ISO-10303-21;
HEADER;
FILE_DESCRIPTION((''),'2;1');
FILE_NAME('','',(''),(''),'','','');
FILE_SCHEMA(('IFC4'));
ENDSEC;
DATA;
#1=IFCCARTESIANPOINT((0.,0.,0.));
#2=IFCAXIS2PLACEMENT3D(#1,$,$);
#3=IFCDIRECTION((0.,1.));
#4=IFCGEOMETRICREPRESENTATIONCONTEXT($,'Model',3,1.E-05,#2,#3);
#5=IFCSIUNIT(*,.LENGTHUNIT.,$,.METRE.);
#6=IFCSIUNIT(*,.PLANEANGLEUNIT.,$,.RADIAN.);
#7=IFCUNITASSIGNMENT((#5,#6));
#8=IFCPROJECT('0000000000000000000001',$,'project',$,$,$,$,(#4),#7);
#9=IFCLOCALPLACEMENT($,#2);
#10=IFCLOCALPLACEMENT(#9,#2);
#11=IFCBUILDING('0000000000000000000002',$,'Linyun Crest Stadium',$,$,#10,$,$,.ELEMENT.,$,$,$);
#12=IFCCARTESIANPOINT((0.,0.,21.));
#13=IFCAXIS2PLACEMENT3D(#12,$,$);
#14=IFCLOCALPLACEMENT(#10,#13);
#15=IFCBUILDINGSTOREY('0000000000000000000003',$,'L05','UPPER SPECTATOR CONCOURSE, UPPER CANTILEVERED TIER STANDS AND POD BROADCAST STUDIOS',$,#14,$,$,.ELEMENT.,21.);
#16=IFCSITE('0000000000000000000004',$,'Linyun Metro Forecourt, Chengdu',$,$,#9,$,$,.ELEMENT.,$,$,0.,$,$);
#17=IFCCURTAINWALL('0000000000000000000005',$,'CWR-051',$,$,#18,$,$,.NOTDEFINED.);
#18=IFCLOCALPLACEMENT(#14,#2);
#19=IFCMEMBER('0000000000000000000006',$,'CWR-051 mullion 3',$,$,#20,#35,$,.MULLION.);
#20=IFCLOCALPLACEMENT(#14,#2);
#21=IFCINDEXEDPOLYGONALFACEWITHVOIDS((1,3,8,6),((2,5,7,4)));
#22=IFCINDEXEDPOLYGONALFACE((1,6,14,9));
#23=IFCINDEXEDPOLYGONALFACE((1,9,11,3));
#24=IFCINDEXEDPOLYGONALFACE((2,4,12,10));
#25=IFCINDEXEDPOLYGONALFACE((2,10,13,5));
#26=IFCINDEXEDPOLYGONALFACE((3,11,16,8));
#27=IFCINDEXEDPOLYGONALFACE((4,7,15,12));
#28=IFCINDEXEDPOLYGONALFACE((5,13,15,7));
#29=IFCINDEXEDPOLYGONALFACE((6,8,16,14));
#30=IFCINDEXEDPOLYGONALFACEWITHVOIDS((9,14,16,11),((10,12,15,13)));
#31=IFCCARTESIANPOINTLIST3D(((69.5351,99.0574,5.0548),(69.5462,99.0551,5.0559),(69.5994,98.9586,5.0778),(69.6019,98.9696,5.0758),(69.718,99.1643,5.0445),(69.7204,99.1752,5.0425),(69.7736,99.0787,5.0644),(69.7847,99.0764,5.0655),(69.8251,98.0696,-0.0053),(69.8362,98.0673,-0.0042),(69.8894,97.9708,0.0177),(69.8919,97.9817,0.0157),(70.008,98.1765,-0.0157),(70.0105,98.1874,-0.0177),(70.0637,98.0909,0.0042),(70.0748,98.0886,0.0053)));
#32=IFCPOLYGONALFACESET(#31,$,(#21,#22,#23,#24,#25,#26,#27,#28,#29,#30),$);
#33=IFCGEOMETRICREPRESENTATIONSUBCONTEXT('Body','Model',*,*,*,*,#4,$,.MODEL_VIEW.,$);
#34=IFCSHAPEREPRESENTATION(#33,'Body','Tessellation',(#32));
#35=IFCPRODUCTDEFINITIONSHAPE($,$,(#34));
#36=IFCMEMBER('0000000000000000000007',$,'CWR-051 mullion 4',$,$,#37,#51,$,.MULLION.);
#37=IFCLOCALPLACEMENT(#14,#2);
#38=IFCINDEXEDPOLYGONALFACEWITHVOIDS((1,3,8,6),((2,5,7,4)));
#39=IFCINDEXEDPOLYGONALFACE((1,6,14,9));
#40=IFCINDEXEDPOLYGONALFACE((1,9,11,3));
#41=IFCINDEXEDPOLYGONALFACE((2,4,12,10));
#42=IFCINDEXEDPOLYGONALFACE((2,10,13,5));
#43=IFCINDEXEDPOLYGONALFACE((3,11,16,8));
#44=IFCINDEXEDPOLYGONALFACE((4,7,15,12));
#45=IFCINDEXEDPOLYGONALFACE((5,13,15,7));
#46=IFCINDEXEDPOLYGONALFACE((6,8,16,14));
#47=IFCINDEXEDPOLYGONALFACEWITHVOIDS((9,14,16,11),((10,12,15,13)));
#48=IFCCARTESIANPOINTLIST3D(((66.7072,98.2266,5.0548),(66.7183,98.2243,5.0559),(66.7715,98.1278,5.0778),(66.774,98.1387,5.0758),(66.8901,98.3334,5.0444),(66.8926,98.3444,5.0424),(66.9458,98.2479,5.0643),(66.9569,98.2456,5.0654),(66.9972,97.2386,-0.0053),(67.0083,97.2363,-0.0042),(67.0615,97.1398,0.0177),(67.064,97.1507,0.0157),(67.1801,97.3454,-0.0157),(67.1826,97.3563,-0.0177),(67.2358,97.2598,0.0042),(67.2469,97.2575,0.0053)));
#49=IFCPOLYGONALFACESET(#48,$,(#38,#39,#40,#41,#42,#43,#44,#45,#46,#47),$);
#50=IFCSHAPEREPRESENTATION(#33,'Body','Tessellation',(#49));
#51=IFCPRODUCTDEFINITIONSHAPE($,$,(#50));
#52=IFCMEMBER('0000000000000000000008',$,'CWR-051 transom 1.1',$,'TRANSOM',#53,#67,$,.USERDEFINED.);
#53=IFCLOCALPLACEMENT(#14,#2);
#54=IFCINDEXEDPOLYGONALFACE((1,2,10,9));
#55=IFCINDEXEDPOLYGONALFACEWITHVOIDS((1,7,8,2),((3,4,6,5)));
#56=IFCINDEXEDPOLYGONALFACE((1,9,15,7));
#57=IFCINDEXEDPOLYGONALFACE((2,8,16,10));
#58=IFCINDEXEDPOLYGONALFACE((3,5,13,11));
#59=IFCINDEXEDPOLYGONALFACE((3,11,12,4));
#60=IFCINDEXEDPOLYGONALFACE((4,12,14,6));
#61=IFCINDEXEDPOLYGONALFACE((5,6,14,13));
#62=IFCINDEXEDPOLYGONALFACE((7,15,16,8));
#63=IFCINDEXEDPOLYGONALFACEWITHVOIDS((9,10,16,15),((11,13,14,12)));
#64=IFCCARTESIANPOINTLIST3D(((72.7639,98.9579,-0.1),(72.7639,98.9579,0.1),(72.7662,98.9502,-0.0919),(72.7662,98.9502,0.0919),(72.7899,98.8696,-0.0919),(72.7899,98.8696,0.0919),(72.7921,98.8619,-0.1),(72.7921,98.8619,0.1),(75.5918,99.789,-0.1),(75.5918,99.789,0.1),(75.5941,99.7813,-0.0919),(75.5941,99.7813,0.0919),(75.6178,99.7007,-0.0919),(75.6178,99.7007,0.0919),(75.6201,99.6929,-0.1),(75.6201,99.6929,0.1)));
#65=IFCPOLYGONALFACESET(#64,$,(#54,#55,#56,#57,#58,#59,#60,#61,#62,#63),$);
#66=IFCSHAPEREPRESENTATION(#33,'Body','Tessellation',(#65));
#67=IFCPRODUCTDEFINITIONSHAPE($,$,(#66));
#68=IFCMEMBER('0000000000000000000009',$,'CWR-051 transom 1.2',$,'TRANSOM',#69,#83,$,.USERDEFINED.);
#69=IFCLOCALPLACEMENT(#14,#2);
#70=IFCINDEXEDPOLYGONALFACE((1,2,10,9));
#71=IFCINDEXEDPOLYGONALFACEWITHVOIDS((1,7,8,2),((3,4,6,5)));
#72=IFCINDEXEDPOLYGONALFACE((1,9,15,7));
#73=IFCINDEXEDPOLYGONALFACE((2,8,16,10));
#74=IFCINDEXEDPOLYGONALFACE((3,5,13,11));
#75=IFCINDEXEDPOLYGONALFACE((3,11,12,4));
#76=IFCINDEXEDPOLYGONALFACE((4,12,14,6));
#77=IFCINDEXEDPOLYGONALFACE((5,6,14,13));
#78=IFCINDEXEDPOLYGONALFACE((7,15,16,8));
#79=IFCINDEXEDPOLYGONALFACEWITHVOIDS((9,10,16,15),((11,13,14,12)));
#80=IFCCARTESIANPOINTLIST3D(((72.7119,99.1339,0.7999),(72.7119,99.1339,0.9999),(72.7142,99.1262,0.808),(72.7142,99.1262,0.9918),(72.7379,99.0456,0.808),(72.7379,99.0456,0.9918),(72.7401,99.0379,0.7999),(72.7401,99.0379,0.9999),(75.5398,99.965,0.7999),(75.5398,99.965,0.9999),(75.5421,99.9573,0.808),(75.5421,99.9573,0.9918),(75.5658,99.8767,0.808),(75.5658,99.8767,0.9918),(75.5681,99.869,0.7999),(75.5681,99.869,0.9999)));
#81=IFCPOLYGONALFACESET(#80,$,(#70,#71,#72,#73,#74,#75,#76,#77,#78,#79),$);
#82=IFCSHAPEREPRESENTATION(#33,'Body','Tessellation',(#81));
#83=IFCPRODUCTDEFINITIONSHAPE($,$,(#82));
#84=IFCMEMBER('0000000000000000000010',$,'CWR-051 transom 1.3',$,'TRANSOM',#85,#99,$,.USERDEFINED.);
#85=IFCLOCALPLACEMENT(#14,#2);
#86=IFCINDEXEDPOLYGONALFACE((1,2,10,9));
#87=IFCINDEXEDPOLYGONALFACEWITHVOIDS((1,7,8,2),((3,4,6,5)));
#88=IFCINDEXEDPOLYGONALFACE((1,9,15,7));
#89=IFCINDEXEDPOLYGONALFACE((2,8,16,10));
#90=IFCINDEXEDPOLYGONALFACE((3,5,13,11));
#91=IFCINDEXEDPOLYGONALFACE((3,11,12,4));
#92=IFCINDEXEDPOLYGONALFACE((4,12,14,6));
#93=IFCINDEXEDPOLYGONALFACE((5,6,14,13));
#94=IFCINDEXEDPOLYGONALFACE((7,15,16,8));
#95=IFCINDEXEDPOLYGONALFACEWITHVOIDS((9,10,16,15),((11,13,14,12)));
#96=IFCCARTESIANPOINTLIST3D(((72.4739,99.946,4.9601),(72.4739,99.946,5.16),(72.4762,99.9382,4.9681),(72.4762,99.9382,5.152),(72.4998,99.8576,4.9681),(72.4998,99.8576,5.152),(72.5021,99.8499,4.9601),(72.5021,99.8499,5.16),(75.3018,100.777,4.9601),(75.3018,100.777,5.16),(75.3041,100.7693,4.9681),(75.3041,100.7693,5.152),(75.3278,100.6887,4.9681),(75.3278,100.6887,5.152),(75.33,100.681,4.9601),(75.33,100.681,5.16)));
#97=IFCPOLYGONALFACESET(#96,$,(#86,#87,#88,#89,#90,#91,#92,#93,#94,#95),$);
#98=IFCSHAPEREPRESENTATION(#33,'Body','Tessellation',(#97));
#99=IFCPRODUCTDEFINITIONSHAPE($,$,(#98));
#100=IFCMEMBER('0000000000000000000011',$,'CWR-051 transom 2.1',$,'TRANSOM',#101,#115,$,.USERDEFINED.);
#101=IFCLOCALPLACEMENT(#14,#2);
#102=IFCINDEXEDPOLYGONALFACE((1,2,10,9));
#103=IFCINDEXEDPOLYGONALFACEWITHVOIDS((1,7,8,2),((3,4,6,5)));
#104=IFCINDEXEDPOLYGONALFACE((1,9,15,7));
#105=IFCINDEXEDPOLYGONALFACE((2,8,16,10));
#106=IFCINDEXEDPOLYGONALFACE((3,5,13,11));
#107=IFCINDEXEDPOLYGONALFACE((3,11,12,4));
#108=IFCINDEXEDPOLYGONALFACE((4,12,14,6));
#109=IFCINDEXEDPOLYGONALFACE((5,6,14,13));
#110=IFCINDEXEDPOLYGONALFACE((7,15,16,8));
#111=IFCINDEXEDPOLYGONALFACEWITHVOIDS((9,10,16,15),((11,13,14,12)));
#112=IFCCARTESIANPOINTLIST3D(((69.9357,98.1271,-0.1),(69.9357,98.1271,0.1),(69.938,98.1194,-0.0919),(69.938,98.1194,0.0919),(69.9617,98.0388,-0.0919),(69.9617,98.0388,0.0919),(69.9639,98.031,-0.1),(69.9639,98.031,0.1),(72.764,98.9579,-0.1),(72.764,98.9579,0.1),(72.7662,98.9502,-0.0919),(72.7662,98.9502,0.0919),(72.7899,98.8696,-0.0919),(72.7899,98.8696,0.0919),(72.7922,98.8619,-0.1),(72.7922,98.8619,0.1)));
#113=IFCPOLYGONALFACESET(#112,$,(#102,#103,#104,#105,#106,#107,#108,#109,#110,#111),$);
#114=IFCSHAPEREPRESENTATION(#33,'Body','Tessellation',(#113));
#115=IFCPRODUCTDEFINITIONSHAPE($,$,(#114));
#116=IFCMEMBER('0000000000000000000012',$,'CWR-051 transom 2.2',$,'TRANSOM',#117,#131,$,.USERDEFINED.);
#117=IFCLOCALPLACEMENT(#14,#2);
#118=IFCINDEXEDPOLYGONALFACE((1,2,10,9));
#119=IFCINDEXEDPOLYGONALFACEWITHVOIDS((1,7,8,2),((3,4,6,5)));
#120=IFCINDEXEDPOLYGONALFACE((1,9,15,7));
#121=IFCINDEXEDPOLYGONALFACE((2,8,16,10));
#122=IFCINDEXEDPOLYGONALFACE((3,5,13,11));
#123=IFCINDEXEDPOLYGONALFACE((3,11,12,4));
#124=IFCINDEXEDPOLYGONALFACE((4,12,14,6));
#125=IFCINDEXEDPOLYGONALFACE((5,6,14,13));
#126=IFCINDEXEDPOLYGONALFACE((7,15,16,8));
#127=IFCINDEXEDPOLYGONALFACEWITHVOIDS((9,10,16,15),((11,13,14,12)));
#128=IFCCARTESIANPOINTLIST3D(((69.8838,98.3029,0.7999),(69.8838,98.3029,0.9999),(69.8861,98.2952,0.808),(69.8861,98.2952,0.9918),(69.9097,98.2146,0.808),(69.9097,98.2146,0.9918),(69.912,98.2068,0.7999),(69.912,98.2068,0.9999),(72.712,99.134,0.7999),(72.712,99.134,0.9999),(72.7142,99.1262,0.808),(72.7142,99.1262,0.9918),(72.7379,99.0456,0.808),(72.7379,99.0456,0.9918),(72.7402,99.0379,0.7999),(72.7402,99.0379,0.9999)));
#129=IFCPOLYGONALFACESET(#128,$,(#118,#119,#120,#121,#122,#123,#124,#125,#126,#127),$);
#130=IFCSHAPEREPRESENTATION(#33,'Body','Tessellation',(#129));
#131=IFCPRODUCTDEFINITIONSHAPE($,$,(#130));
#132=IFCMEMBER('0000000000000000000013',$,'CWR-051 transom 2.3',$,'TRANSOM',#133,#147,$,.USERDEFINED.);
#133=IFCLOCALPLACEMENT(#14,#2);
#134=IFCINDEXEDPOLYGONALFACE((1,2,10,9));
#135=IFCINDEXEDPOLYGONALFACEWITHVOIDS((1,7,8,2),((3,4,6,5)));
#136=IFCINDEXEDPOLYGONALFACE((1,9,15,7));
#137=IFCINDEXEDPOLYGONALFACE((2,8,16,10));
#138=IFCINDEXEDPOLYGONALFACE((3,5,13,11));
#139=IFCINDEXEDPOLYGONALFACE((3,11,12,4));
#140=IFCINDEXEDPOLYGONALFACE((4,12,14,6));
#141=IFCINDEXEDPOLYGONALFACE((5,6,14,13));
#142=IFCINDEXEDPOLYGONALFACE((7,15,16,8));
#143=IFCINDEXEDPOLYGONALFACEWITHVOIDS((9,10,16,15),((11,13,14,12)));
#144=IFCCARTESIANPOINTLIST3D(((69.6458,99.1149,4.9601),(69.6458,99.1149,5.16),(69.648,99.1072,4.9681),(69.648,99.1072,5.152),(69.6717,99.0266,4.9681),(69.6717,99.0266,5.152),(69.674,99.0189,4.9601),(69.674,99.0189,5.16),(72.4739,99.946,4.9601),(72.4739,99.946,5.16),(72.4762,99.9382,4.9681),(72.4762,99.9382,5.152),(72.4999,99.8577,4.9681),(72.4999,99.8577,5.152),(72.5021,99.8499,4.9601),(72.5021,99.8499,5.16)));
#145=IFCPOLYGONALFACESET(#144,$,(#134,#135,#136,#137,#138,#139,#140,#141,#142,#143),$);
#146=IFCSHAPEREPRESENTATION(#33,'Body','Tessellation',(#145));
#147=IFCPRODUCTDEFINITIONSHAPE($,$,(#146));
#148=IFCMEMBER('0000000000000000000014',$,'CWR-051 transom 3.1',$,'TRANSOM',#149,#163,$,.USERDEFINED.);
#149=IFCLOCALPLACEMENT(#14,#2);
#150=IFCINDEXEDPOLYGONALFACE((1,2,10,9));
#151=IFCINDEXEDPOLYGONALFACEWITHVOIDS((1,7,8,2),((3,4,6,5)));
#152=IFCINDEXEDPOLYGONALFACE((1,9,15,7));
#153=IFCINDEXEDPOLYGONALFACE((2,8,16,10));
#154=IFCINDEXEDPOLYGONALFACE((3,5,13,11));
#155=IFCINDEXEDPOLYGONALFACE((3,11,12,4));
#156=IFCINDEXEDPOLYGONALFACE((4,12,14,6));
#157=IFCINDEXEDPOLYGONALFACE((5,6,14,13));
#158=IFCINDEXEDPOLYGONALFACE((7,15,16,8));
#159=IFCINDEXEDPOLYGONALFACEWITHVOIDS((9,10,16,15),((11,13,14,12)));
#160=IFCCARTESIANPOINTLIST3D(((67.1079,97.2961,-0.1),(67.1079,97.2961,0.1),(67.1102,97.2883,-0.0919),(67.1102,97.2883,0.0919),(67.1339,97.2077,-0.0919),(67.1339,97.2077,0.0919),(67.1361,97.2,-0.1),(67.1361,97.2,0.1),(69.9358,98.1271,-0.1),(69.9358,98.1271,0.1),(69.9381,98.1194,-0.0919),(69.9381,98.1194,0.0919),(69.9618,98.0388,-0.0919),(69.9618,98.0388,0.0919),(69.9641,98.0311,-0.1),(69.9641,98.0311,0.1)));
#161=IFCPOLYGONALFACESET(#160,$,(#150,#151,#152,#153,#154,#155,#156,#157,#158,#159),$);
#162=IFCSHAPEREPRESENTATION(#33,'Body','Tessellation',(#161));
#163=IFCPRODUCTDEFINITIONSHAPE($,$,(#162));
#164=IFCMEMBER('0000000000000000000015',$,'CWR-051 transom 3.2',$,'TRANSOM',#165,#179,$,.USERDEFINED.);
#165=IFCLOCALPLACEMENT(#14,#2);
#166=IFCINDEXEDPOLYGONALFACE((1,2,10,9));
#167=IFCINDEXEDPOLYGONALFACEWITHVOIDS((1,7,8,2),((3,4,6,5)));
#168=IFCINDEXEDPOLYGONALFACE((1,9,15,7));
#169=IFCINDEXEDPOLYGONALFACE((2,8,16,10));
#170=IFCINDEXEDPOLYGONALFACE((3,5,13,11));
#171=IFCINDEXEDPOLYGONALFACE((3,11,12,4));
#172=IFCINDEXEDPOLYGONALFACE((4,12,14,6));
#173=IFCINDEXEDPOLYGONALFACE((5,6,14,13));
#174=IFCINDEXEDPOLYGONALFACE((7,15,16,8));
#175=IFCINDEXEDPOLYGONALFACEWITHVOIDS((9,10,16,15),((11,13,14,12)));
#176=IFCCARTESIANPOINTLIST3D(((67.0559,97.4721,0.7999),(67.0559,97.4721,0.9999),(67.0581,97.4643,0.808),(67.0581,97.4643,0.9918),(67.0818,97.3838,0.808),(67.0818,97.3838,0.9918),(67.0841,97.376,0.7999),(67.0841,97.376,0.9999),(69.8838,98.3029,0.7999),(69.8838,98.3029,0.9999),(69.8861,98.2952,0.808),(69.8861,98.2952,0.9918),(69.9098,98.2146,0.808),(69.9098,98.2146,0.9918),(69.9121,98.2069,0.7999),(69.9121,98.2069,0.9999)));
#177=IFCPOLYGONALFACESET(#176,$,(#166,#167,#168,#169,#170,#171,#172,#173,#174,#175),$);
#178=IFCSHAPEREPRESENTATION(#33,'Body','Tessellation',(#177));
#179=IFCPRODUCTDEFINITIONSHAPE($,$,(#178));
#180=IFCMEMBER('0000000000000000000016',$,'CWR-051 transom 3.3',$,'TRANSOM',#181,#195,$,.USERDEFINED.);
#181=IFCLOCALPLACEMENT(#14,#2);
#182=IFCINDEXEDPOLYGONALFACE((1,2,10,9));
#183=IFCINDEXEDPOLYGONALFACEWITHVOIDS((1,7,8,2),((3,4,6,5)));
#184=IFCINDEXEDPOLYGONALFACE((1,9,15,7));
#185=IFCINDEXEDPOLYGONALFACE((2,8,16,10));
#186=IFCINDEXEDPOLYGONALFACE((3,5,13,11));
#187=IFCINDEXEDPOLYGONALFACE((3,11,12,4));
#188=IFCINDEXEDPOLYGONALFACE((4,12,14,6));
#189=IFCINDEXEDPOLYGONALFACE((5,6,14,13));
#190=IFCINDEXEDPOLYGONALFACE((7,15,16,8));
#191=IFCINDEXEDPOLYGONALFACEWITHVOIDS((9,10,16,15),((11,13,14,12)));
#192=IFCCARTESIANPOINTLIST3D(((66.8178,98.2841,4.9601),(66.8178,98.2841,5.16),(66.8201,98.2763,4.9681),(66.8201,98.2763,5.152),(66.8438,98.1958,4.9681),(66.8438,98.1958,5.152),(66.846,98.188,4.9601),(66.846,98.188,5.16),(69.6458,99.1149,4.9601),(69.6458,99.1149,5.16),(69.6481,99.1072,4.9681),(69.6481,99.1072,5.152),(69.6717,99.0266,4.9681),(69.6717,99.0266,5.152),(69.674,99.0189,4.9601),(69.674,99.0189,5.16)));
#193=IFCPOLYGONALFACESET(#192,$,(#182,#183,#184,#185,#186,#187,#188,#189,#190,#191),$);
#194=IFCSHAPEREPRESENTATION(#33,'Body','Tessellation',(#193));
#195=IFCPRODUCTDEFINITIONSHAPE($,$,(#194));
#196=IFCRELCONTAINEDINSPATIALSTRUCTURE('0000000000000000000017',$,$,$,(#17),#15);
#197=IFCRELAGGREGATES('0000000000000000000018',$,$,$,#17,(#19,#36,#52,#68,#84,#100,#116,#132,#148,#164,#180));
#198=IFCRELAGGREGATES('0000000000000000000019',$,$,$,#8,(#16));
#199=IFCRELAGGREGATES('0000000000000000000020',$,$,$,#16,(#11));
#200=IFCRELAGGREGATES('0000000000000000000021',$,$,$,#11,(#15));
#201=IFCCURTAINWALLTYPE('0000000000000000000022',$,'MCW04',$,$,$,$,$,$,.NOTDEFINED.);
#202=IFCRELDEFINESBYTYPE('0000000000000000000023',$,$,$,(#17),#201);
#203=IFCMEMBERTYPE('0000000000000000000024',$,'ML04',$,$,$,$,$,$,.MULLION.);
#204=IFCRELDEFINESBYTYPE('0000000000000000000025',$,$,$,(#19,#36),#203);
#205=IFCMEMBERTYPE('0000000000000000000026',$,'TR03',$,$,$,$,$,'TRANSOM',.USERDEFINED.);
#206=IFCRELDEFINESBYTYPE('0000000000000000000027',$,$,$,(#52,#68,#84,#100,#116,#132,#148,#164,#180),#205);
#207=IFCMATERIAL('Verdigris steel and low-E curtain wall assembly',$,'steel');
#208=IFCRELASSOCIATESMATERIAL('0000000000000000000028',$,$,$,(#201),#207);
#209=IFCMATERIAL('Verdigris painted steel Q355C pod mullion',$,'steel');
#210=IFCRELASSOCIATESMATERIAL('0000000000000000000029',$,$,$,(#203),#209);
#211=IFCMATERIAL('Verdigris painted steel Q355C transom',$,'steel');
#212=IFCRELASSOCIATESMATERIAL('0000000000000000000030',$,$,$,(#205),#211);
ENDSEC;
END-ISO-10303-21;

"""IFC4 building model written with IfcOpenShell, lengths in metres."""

from ifc_helpers import new_model, si_unit, direction, frame, origin, origin_2d, place, context, subcontext, project, spatial, hollow_rectangle, extrude, material, material_profile, profile_set, type_object, element, aggregate, save


model = new_model("IFC4")

# Units and contexts
model_context = context("Model", 3, precision=1e-05, world=origin(), true_north=direction((0.0, 1.0)))
body_context = subcontext(model_context, "Body", "Model", "MODEL_VIEW")
ifc_project = project(units=[si_unit("LENGTHUNIT", "METRE"), si_unit("PLANEANGLEUNIT", "RADIAN")], contexts=[model_context])

# Site, building, storey
site_placement = place(None, origin())
site = spatial("IfcSite", under=ifc_project, at=site_placement, Name="Linyun Metro Forecourt, Chengdu", CompositionType="ELEMENT", RefElevation=0.0)
building_placement = place(site_placement, origin())
building = spatial("IfcBuilding", under=site, at=building_placement, Name="Linyun Crest Stadium", CompositionType="ELEMENT")
storey_placement = place(building_placement, frame((0.0, 0.0, 21.0)))
storey = spatial("IfcBuildingStorey", under=building, at=storey_placement, Name="L05", Description="UPPER SPECTATOR CONCOURSE, UPPER CANTILEVERED TIER STANDS AND POD BROADCAST STUDIOS", CompositionType="ELEMENT", Elevation=21.0)

# Curtain wall, members
ifc_material_1 = material(Name="Verdigris steel and low-E curtain wall assembly", Category="steel")
curtain_wall_type = type_object("IfcCurtainWallType", Name="MCW04", PredefinedType="NOTDEFINED", material=ifc_material_1)
curtain_wall_placement = place(storey_placement, origin())
curtain_wall = element("IfcCurtainWall", 1, at=curtain_wall_placement, inside=storey, type_object=curtain_wall_type, Name="CWR-051", PredefinedType="NOTDEFINED")
ifc_material_2 = material(Name="Verdigris painted steel Q355C pod mullion", Category="steel")
ifc_material_profile_1 = material_profile(ifc_material_2, hollow_rectangle(XDim=0.1201, YDim=0.22, WallThickness=0.0081, at=origin_2d()), Name="RHS 220x120x8")
ifc_profile_set_1 = profile_set([ifc_material_profile_1], Name="Verdigris painted steel Q355C pod mullion")
member_type_1 = type_object("IfcMemberType", Name="ML04", PredefinedType="MULLION", material=ifc_profile_set_1)
member_1_placement = place(storey_placement, frame((69.95, 98.0791, 0.0), z_axis=(-0.056169, 0.191295, 0.979924), x_axis=(-0.535452, 0.82262, -0.191278)))
member_1 = element("IfcMember", 2, at=member_1_placement, type_object=member_type_1, Name="CWR-051 mullion 3", PredefinedType="MULLION", context=body_context, shape_type="SweptSolid", body=[
    extrude(hollow_rectangle(XDim=0.1201, YDim=0.22, WallThickness=0.0081, at=origin_2d()), origin(), (0.0, 0.0, 1.0), 5.1638),
])
member_2_placement = place(storey_placement, frame((67.1221, 97.248, 0.0), z_axis=(-0.056168, 0.19134, 0.979915), x_axis=(-0.535395, 0.822647, -0.19132)))
member_2 = element("IfcMember", 3, at=member_2_placement, type_object=member_type_1, Name="CWR-051 mullion 4", PredefinedType="MULLION", context=body_context, shape_type="SweptSolid", body=[
    extrude(hollow_rectangle(XDim=0.1201, YDim=0.22, WallThickness=0.0081, at=origin_2d()), origin(), (0.0, 0.0, 1.0), 5.1638),
])
ifc_material_3 = material(Name="Verdigris painted steel Q355C transom", Category="steel")
ifc_material_profile_2 = material_profile(ifc_material_3, hollow_rectangle(XDim=0.1001, YDim=0.2, WallThickness=0.0081, at=origin_2d()), Name="RHS 200x100x8")
ifc_profile_set_2 = profile_set([ifc_material_profile_2], Name="Verdigris painted steel Q355C transom")
member_type_2 = type_object("IfcMemberType", Name="TR03", ElementType="TRANSOM", PredefinedType="USERDEFINED", material=ifc_profile_set_2)
member_3_placement = place(storey_placement, frame((75.606, 99.741, 0.0), z_axis=(-0.959427, -0.281956, 0.0), x_axis=(0.281956, -0.959427, 0.0)))
member_3 = element("IfcMember", 4, at=member_3_placement, type_object=member_type_2, Name="CWR-051 transom 1.1", ObjectType="TRANSOM", PredefinedType="USERDEFINED", context=body_context, shape_type="SweptSolid", body=[
    extrude(hollow_rectangle(XDim=0.1001, YDim=0.2, WallThickness=0.0081, at=origin_2d()), origin(), (0.0, 0.0, 1.0), 2.9475),
])
member_4_placement = place(storey_placement, frame((75.554, 99.917, 0.8999), z_axis=(-0.959427, -0.281956, 0.0), x_axis=(0.281956, -0.959427, 0.0)))
member_4 = element("IfcMember", 5, at=member_4_placement, type_object=member_type_2, Name="CWR-051 transom 1.2", ObjectType="TRANSOM", PredefinedType="USERDEFINED", context=body_context, shape_type="SweptSolid", body=[
    extrude(hollow_rectangle(XDim=0.1001, YDim=0.2, WallThickness=0.0081, at=origin_2d()), origin(), (0.0, 0.0, 1.0), 2.9475),
])
member_5_placement = place(storey_placement, frame((75.3159, 100.729, 5.0601), z_axis=(-0.959427, -0.281956, 0.0), x_axis=(0.281956, -0.959427, 0.0)))
member_5 = element("IfcMember", 6, at=member_5_placement, type_object=member_type_2, Name="CWR-051 transom 1.3", ObjectType="TRANSOM", PredefinedType="USERDEFINED", context=body_context, shape_type="SweptSolid", body=[
    extrude(hollow_rectangle(XDim=0.1001, YDim=0.2, WallThickness=0.0081, at=origin_2d()), origin(), (0.0, 0.0, 1.0), 2.9475),
])
member_6_placement = place(storey_placement, frame((72.7781, 98.9099, 0.0), z_axis=(-0.959456, -0.281857, 0.0), x_axis=(0.281857, -0.959456, 0.0)))
member_6 = element("IfcMember", 7, at=member_6_placement, type_object=member_type_2, Name="CWR-051 transom 2.1", ObjectType="TRANSOM", PredefinedType="USERDEFINED", context=body_context, shape_type="SweptSolid", body=[
    extrude(hollow_rectangle(XDim=0.1001, YDim=0.2, WallThickness=0.0081, at=origin_2d()), origin(), (0.0, 0.0, 1.0), 2.9478),
])
member_7_placement = place(storey_placement, frame((72.7261, 99.0859, 0.8999), z_axis=(-0.959434, -0.281933, 0.0), x_axis=(0.281933, -0.959434, 0.0)))
member_7 = element("IfcMember", 8, at=member_7_placement, type_object=member_type_2, Name="CWR-051 transom 2.2", ObjectType="TRANSOM", PredefinedType="USERDEFINED", context=body_context, shape_type="SweptSolid", body=[
    extrude(hollow_rectangle(XDim=0.1001, YDim=0.2, WallThickness=0.0081, at=origin_2d()), origin(), (0.0, 0.0, 1.0), 2.9478),
])
member_8_placement = place(storey_placement, frame((72.488, 99.8979, 5.0601), z_axis=(-0.959434, -0.281933, 0.0), x_axis=(0.281933, -0.959434, 0.0)))
member_8 = element("IfcMember", 9, at=member_8_placement, type_object=member_type_2, Name="CWR-051 transom 2.3", ObjectType="TRANSOM", PredefinedType="USERDEFINED", context=body_context, shape_type="SweptSolid", body=[
    extrude(hollow_rectangle(XDim=0.1001, YDim=0.2, WallThickness=0.0081, at=origin_2d()), origin(), (0.0, 0.0, 1.0), 2.9478),
])
member_9_placement = place(storey_placement, frame((69.95, 98.0791, 0.0), z_axis=(-0.959427, -0.281956, 0.0), x_axis=(0.281956, -0.959427, 0.0)))
member_9 = element("IfcMember", 10, at=member_9_placement, type_object=member_type_2, Name="CWR-051 transom 3.1", ObjectType="TRANSOM", PredefinedType="USERDEFINED", context=body_context, shape_type="SweptSolid", body=[
    extrude(hollow_rectangle(XDim=0.1001, YDim=0.2, WallThickness=0.0081, at=origin_2d()), origin(), (0.0, 0.0, 1.0), 2.9475),
])
member_10_placement = place(storey_placement, frame((69.8979, 98.2549, 0.8999), z_axis=(-0.95945, -0.281879, 0.0), x_axis=(0.281879, -0.95945, 0.0)))
member_10 = element("IfcMember", 11, at=member_10_placement, type_object=member_type_2, Name="CWR-051 transom 3.2", ObjectType="TRANSOM", PredefinedType="USERDEFINED", context=body_context, shape_type="SweptSolid", body=[
    extrude(hollow_rectangle(XDim=0.1001, YDim=0.2, WallThickness=0.0081, at=origin_2d()), origin(), (0.0, 0.0, 1.0), 2.9475),
])
member_11_placement = place(storey_placement, frame((69.6599, 99.0669, 5.0601), z_axis=(-0.95945, -0.281879, 0.0), x_axis=(0.281879, -0.95945, 0.0)))
member_11 = element("IfcMember", 12, at=member_11_placement, type_object=member_type_2, Name="CWR-051 transom 3.3", ObjectType="TRANSOM", PredefinedType="USERDEFINED", context=body_context, shape_type="SweptSolid", body=[
    extrude(hollow_rectangle(XDim=0.1001, YDim=0.2, WallThickness=0.0081, at=origin_2d()), origin(), (0.0, 0.0, 1.0), 2.9475),
])
aggregate(curtain_wall, [member_1, member_2, member_3, member_4, member_5, member_6, member_7, member_8, member_9, member_10, member_11])

save(model, "model.ifc")
